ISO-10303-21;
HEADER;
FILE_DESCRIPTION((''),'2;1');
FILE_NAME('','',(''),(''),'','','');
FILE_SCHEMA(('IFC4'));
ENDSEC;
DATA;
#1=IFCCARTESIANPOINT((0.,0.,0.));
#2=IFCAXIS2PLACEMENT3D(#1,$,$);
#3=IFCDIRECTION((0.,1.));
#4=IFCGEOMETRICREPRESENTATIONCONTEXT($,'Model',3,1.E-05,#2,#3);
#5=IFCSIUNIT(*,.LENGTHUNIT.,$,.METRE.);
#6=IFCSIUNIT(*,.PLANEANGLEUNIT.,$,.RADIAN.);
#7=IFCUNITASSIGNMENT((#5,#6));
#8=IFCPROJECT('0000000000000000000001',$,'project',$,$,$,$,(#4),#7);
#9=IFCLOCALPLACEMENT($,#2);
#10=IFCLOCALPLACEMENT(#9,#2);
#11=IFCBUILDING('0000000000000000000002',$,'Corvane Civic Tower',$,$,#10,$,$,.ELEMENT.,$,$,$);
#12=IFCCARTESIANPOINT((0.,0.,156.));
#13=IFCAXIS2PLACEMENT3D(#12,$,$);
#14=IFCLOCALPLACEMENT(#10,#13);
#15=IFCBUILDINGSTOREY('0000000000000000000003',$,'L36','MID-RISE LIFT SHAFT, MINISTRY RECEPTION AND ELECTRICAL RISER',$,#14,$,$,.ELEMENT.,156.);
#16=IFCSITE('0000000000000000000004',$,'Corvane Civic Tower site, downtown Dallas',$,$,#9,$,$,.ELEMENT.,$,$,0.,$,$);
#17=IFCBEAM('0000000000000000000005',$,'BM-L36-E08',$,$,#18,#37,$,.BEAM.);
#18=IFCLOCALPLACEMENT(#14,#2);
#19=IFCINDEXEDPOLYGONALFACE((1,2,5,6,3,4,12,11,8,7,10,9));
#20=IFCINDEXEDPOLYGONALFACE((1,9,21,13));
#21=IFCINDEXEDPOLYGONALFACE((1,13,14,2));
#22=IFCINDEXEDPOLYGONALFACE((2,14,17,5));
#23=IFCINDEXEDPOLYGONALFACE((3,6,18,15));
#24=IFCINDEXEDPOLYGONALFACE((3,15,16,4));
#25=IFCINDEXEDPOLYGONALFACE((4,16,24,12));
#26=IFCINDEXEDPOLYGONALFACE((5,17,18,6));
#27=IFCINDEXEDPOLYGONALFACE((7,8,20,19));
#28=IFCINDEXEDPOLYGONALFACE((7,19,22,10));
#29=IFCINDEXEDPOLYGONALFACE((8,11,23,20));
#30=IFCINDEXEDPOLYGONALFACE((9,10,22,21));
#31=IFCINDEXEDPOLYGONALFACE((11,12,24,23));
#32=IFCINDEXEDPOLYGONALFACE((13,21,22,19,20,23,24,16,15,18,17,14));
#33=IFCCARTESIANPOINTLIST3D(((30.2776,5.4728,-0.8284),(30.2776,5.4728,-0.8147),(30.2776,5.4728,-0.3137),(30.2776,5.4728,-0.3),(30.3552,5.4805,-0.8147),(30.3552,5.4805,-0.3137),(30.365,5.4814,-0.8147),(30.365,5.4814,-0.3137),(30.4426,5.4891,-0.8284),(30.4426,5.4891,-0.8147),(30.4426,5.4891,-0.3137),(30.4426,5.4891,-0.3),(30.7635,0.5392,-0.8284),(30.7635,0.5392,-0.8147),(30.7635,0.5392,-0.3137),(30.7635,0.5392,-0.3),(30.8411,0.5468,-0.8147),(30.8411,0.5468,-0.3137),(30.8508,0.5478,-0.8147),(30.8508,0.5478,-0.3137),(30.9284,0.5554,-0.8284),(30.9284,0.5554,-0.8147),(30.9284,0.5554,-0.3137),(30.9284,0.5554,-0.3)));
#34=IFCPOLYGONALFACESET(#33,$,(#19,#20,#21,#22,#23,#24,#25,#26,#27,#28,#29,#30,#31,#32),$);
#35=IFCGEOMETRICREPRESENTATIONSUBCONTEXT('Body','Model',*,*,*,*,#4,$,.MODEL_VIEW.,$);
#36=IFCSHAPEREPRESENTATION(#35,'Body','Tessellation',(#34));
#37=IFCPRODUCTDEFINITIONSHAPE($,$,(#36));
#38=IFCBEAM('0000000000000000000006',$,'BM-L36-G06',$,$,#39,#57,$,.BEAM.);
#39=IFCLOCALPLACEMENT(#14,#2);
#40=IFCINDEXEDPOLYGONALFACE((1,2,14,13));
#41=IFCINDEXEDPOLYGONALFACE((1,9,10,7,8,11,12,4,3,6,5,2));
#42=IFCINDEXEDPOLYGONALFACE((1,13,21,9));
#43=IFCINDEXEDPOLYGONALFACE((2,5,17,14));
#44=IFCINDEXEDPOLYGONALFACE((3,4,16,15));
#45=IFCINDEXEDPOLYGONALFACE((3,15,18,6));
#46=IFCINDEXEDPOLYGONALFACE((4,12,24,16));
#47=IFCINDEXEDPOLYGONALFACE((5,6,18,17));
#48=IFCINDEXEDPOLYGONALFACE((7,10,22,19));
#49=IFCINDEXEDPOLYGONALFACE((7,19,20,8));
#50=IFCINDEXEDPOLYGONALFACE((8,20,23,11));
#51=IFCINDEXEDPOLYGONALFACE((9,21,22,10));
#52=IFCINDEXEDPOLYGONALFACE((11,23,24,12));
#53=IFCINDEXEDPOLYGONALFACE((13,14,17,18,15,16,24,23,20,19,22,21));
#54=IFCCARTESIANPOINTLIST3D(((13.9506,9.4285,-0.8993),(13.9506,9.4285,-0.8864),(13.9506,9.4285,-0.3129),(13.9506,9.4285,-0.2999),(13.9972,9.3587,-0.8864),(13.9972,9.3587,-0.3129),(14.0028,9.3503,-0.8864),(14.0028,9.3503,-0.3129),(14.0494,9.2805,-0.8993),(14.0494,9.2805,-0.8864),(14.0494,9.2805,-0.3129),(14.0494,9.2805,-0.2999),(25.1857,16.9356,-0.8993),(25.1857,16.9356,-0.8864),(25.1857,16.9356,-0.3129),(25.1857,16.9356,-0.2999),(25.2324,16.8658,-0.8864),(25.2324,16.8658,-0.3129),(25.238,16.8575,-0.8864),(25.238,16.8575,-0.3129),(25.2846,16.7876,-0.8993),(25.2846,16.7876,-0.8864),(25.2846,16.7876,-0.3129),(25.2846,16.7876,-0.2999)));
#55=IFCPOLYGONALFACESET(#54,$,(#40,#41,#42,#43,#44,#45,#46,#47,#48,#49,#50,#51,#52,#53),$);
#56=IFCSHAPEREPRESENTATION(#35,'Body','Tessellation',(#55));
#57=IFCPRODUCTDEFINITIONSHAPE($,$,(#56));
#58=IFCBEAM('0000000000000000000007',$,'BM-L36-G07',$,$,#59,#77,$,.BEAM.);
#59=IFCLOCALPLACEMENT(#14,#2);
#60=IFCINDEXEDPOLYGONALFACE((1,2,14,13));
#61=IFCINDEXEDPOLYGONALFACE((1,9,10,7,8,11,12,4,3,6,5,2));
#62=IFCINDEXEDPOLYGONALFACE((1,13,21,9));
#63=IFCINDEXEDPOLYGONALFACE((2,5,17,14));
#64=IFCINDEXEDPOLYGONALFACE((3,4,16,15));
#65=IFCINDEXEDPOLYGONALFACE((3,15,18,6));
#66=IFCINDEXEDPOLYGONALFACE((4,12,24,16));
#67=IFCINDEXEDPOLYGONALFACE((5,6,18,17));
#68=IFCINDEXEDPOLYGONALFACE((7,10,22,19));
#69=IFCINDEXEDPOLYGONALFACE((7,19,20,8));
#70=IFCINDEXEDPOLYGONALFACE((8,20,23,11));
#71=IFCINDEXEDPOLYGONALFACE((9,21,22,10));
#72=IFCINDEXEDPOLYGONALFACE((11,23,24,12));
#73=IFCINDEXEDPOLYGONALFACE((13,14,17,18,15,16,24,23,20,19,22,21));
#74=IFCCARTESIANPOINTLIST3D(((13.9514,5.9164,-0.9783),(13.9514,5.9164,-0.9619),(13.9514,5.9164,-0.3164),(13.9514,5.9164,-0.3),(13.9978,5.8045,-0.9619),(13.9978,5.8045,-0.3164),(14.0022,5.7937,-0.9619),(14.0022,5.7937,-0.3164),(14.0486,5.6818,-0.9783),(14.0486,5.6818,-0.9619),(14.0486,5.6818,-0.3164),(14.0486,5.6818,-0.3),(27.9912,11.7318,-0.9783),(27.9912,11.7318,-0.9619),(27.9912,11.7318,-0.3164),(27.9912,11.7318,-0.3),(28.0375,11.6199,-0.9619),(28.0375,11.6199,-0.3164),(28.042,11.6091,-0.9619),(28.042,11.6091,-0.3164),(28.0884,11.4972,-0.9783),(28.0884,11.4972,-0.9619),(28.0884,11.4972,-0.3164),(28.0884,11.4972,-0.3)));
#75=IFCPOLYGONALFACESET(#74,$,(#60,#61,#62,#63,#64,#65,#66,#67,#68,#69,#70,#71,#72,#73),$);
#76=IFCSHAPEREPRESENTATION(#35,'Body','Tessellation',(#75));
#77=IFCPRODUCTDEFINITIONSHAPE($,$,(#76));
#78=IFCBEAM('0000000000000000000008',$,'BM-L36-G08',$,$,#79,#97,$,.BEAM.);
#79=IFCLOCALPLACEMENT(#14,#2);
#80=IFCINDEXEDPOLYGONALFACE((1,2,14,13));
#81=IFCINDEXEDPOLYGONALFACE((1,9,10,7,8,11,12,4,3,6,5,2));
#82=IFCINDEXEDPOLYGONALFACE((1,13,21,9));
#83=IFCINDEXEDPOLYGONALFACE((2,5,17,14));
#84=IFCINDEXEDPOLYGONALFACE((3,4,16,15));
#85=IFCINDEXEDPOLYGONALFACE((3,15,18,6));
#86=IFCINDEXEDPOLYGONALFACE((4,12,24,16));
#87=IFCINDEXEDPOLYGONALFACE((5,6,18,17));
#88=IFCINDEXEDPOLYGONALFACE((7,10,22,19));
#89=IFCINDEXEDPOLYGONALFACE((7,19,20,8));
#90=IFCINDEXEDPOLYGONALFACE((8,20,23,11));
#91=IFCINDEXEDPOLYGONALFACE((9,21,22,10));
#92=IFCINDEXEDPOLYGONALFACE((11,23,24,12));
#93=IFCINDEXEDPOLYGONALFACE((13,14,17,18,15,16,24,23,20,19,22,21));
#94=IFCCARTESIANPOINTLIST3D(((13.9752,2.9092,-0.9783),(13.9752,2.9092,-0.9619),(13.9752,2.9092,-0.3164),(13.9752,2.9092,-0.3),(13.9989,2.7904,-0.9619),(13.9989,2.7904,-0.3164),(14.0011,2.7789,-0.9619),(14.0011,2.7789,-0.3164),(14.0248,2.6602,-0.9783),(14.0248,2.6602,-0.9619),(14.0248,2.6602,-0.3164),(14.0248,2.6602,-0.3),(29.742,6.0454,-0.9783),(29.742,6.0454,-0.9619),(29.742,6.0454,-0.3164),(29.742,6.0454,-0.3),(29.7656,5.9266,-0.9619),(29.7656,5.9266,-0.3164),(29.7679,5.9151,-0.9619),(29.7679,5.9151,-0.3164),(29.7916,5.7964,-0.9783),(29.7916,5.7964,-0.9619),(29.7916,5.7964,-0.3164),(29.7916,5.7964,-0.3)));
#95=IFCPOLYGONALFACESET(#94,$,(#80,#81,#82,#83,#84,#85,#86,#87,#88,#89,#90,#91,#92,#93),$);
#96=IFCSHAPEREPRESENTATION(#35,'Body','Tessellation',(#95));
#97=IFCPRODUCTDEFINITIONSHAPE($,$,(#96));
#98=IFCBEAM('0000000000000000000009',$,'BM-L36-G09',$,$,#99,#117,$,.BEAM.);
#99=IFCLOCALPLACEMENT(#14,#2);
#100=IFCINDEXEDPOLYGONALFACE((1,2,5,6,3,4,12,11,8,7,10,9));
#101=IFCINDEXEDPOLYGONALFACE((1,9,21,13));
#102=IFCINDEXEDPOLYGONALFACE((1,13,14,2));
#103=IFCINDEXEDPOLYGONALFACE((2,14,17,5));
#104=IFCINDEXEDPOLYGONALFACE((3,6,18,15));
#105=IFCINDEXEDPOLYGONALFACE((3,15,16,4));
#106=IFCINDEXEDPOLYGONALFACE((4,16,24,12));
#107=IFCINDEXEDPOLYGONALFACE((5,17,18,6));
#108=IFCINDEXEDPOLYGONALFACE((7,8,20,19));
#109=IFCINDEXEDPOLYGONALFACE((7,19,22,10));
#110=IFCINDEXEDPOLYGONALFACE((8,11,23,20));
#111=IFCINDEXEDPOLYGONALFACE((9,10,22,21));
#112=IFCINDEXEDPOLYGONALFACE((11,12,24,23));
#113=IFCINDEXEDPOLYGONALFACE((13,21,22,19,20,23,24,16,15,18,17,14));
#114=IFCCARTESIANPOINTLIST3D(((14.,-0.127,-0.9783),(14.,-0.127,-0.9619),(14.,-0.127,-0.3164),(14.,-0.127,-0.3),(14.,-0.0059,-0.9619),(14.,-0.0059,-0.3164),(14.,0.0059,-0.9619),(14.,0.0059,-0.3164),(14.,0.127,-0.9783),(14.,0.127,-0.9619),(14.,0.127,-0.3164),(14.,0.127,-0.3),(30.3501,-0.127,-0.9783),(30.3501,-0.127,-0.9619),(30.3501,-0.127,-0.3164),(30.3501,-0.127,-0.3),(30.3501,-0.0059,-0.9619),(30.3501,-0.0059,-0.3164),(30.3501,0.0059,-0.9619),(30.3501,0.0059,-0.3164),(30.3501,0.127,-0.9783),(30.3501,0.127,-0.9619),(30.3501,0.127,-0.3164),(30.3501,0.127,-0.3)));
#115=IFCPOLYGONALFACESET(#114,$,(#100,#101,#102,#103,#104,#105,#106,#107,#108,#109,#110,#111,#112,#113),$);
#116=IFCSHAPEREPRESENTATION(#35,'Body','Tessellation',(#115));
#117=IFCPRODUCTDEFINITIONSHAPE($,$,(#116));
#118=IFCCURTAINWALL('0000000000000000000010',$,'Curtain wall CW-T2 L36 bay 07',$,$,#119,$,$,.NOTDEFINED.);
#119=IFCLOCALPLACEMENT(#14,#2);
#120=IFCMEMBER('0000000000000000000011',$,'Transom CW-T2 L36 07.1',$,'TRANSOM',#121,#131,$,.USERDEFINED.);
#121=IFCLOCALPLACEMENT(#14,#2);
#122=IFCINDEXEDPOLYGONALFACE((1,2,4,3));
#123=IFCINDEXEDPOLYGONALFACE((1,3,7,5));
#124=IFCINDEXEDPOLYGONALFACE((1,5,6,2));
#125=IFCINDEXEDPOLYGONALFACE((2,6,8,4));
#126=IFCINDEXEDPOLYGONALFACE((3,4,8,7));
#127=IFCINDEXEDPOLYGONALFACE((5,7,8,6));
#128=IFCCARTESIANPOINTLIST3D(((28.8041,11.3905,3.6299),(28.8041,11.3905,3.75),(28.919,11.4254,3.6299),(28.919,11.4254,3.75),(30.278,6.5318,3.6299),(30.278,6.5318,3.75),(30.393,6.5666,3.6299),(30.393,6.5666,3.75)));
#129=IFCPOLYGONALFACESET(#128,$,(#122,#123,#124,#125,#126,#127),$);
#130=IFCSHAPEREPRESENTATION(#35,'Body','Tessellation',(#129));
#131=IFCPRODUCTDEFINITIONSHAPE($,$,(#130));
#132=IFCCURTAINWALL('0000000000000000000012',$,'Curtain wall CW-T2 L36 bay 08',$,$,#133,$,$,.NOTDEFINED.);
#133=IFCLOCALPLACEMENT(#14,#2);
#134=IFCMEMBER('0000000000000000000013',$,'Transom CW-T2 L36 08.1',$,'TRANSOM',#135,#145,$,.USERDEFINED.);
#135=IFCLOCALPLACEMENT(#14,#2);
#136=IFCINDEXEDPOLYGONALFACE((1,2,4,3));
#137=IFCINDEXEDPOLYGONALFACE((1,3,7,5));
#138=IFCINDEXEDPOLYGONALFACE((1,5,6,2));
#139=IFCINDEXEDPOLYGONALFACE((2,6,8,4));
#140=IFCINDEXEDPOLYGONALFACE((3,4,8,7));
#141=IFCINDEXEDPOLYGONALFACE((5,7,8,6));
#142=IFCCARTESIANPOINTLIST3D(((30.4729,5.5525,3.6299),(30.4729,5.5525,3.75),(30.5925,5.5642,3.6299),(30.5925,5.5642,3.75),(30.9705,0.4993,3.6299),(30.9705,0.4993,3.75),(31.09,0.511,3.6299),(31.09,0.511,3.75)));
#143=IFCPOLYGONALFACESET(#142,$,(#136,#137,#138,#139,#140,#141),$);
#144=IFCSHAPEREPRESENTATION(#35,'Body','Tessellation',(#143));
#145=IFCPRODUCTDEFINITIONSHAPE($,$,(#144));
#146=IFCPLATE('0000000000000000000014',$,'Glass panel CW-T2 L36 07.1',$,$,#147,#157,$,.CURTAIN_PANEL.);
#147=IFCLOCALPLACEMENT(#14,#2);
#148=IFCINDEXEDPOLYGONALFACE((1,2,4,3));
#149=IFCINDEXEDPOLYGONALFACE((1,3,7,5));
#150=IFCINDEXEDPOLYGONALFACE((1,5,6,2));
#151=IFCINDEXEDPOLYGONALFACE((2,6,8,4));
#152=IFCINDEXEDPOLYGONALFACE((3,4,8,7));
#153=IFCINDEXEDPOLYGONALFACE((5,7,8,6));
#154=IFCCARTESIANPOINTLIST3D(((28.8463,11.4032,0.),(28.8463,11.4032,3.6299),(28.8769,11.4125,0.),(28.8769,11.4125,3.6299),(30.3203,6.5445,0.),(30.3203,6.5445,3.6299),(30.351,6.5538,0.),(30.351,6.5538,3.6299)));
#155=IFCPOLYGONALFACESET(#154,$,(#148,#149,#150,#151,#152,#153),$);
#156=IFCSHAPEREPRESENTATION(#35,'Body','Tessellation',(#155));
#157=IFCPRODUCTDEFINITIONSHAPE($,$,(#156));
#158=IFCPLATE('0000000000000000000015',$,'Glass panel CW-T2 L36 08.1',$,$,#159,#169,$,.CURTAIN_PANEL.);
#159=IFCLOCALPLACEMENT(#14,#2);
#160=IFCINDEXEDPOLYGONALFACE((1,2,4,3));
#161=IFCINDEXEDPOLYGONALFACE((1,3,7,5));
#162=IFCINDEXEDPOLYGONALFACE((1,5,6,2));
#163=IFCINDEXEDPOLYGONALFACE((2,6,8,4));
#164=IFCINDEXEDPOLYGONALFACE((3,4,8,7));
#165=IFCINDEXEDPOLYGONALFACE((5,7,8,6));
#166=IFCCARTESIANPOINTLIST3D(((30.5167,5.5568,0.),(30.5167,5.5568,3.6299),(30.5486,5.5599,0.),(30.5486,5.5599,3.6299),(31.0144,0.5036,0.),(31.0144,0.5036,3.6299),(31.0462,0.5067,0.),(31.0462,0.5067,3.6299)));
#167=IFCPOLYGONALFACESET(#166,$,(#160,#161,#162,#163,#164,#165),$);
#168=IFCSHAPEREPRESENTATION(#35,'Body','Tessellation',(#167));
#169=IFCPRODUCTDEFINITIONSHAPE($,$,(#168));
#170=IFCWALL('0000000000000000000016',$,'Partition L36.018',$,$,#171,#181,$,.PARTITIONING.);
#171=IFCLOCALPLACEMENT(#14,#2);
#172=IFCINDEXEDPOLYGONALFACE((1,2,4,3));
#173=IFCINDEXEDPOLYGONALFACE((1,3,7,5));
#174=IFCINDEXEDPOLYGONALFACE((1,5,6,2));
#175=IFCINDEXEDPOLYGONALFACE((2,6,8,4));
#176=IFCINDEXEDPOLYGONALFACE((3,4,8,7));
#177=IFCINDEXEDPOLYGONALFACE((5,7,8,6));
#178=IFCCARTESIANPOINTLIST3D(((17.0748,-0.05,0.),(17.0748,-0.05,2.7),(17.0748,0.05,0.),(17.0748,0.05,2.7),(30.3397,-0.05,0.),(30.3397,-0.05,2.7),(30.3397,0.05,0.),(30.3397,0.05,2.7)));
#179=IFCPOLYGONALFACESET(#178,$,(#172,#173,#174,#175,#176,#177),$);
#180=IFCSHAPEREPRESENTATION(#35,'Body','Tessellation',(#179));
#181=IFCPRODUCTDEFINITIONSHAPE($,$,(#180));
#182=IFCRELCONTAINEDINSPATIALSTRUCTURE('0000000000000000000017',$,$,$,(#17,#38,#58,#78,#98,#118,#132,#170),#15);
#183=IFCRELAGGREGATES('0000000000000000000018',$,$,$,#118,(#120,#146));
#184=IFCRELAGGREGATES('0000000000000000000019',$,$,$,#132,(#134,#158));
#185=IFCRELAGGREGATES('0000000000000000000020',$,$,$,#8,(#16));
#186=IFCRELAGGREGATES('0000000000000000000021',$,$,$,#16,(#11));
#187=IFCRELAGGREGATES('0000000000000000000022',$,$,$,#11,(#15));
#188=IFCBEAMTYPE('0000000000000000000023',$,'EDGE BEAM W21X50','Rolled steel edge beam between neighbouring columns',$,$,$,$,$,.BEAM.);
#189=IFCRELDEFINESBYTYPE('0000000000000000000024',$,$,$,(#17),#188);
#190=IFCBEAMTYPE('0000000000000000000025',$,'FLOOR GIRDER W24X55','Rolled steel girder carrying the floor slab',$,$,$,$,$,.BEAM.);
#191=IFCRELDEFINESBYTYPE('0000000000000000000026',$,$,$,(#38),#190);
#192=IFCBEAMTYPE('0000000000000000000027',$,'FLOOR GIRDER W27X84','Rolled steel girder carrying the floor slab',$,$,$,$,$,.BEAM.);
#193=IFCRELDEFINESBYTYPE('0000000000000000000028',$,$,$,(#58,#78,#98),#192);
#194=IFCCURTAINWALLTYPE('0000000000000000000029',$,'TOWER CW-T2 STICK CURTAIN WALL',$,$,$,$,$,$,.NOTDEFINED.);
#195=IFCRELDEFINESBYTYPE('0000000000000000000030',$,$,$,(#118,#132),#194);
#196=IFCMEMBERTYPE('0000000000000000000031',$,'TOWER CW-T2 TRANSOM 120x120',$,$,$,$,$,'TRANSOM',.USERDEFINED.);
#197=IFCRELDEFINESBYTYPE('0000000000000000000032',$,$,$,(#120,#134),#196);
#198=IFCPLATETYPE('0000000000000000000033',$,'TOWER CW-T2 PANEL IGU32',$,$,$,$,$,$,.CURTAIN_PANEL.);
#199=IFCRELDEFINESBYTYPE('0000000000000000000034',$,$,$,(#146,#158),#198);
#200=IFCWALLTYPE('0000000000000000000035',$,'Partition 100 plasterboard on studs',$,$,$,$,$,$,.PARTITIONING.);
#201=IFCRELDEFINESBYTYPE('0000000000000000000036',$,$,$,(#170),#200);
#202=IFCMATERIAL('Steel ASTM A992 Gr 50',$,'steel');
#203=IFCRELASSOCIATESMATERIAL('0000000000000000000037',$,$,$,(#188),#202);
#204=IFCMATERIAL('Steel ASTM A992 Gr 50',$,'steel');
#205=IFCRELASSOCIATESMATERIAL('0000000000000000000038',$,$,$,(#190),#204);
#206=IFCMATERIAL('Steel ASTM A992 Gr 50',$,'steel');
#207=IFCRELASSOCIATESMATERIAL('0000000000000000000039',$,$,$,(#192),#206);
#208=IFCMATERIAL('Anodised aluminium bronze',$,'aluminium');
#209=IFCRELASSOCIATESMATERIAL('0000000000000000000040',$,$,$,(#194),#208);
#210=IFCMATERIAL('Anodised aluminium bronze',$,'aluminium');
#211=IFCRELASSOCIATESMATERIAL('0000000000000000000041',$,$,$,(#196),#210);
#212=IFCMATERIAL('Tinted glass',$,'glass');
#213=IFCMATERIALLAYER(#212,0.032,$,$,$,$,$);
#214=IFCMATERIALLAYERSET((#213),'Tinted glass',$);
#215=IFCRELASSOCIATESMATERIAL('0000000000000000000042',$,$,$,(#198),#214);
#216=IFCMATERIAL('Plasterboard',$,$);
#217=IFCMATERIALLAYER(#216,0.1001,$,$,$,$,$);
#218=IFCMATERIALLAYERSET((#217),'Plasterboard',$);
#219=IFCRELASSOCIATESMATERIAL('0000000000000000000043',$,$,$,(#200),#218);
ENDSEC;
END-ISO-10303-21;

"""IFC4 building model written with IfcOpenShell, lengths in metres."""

from ifc_helpers import new_model, si_unit, direction, frame, frame_2d, origin, origin_2d, place, context, subcontext, project, spatial, rectangle, i_section, extrude, material, layer, layer_set, material_profile, profile_set, type_object, element, aggregate, save


model = new_model("IFC4")

# Units and contexts
model_context = context("Model", 3, precision=1e-05, world=origin(), true_north=direction((0.0, 1.0)))
body_context = subcontext(model_context, "Body", "Model", "MODEL_VIEW")
ifc_project = project(units=[si_unit("LENGTHUNIT", "METRE"), si_unit("PLANEANGLEUNIT", "RADIAN")], contexts=[model_context])

# Site, building, storey
site_placement = place(None, origin())
site = spatial("IfcSite", under=ifc_project, at=site_placement, Name="Corvane Civic Tower site, downtown Dallas", CompositionType="ELEMENT", RefElevation=0.0)
building_placement = place(site_placement, origin())
building = spatial("IfcBuilding", under=site, at=building_placement, Name="Corvane Civic Tower", CompositionType="ELEMENT")
storey_placement = place(building_placement, frame((0.0, 0.0, 156.0)))
storey = spatial("IfcBuildingStorey", under=building, at=storey_placement, Name="L36", Description="MID-RISE LIFT SHAFT, MINISTRY RECEPTION AND ELECTRICAL RISER", CompositionType="ELEMENT", Elevation=156.0)

# Beams
ifc_material_1 = material(Name="Steel ASTM A992 Gr 50", Category="steel")
ifc_material_profile_1 = material_profile(ifc_material_1, i_section(OverallWidth=0.1658, OverallDepth=0.5283, WebThickness=0.0098, FlangeThickness=0.0137, at=origin_2d()), Name="W21X50")
ifc_profile_set_1 = profile_set([ifc_material_profile_1], Name="Steel ASTM A992 Gr 50")
beam_type_1 = type_object("IfcBeamType", Name="EDGE BEAM W21X50", Description="Rolled steel edge beam between neighbouring columns", PredefinedType="BEAM", material=ifc_profile_set_1)
beam_1_placement = place(storey_placement, frame((30.3601, 5.481, -0.5642), z_axis=(0.098002, -0.995186, 0.0), x_axis=(0.995186, 0.098002, 0.0)))
element("IfcBeam", 1, at=beam_1_placement, inside=storey, type_object=beam_type_1, Name="BM-L36-E08", PredefinedType="BEAM", context=body_context, shape_type="SweptSolid", body=[
    extrude(i_section(OverallWidth=0.1658, OverallDepth=0.5283, WebThickness=0.0098, FlangeThickness=0.0137, at=origin_2d()), origin(), (0.0, 0.0, 1.0), 4.9575),
])
ifc_material_2 = material(Name="Steel ASTM A992 Gr 50", Category="steel")
ifc_material_profile_2 = material_profile(ifc_material_2, i_section(OverallWidth=0.178, OverallDepth=0.5994, WebThickness=0.01, FlangeThickness=0.0129, at=origin_2d()), Name="W24X55")
ifc_profile_set_2 = profile_set([ifc_material_profile_2], Name="Steel ASTM A992 Gr 50")
beam_type_2 = type_object("IfcBeamType", Name="FLOOR GIRDER W24X55", Description="Rolled steel girder carrying the floor slab", PredefinedType="BEAM", material=ifc_profile_set_2)
beam_2_placement = place(storey_placement, frame((14.0, 9.3545, -0.5996), z_axis=(0.831469, 0.555571, 0.0), x_axis=(-0.555571, 0.831469, 0.0)))
element("IfcBeam", 2, at=beam_2_placement, inside=storey, type_object=beam_type_2, Name="BM-L36-G06", PredefinedType="BEAM", context=body_context, shape_type="SweptSolid", body=[
    extrude(i_section(OverallWidth=0.178, OverallDepth=0.5994, WebThickness=0.01, FlangeThickness=0.0129, at=origin_2d()), origin(), (0.0, 0.0, 1.0), 13.5125),
])
ifc_material_3 = material(Name="Steel ASTM A992 Gr 50", Category="steel")
ifc_material_profile_3 = material_profile(ifc_material_3, i_section(OverallWidth=0.2539, OverallDepth=0.6782, WebThickness=0.0117, FlangeThickness=0.0164, at=origin_2d()), Name="W27X84")
ifc_profile_set_3 = profile_set([ifc_material_profile_3], Name="Steel ASTM A992 Gr 50")
beam_type_3 = type_object("IfcBeamType", Name="FLOOR GIRDER W27X84", Description="Rolled steel girder carrying the floor slab", PredefinedType="BEAM", material=ifc_profile_set_3)
beam_3_placement = place(storey_placement, frame((14.0, 5.7991, -0.6392), z_axis=(0.923881, 0.382681, 0.0), x_axis=(-0.382681, 0.923881, 0.0)))
element("IfcBeam", 3, at=beam_3_placement, inside=storey, type_object=beam_type_3, Name="BM-L36-G07", PredefinedType="BEAM", context=body_context, shape_type="SweptSolid", body=[
    extrude(i_section(OverallWidth=0.2539, OverallDepth=0.6782, WebThickness=0.0117, FlangeThickness=0.0164, at=origin_2d()), origin(), (0.0, 0.0, 1.0), 15.1965),
])
beam_4_placement = place(storey_placement, frame((14.0, 2.7847, -0.6392), z_axis=(0.980785, 0.195091, 0.0), x_axis=(-0.195091, 0.980785, 0.0)))
element("IfcBeam", 4, at=beam_4_placement, inside=storey, type_object=beam_type_3, Name="BM-L36-G08", PredefinedType="BEAM", context=body_context, shape_type="SweptSolid", body=[
    extrude(i_section(OverallWidth=0.2539, OverallDepth=0.6782, WebThickness=0.0117, FlangeThickness=0.0164, at=origin_2d()), origin(), (0.0, 0.0, 1.0), 16.0757),
])
beam_5_placement = place(storey_placement, frame((14.0, 0.0, -0.6392), z_axis=(1.0, 0.0, 0.0), x_axis=(0.0, 1.0, 0.0)))
element("IfcBeam", 5, at=beam_5_placement, inside=storey, type_object=beam_type_3, Name="BM-L36-G09", PredefinedType="BEAM", context=body_context, shape_type="SweptSolid", body=[
    extrude(i_section(OverallWidth=0.2539, OverallDepth=0.6782, WebThickness=0.0117, FlangeThickness=0.0164, at=origin_2d()), origin(), (0.0, 0.0, 1.0), 16.3501),
])

# Curtain walls, members
ifc_material_4 = material(Name="Anodised aluminium bronze", Category="aluminium")
curtain_wall_type = type_object("IfcCurtainWallType", Name="TOWER CW-T2 STICK CURTAIN WALL", PredefinedType="NOTDEFINED", material=ifc_material_4)
curtain_wall_1_placement = place(storey_placement, origin())
curtain_wall_1 = element("IfcCurtainWall", 6, at=curtain_wall_1_placement, inside=storey, type_object=curtain_wall_type, Name="Curtain wall CW-T2 L36 bay 07", PredefinedType="NOTDEFINED")
ifc_material_5 = material(Name="Anodised aluminium bronze", Category="aluminium")
ifc_material_profile_4 = material_profile(ifc_material_5, rectangle(XDim=0.1201, YDim=0.1201, at=origin_2d()), Name="TOWER CW-T2 TRANSOM 120x120")
ifc_profile_set_4 = profile_set([ifc_material_profile_4], Name="Anodised aluminium bronze")
member_type = type_object("IfcMemberType", Name="TOWER CW-T2 TRANSOM 120x120", ElementType="TRANSOM", PredefinedType="USERDEFINED", material=ifc_profile_set_4)
member_1_placement = place(storey_placement, frame((28.8616, 11.408, 3.6899), z_axis=(0.290289, -0.956939, 0.0), x_axis=(0.956939, 0.290289, 0.0)))
member_1 = element("IfcMember", 7, at=member_1_placement, type_object=member_type, Name="Transom CW-T2 L36 07.1", ObjectType="TRANSOM", PredefinedType="USERDEFINED", context=body_context, shape_type="SweptSolid", body=[
    extrude(rectangle(XDim=0.1201, YDim=0.1201, at=origin_2d()), origin(), (0.0, 0.0, 1.0), 5.0774),
])
curtain_wall_2_placement = place(storey_placement, origin())
curtain_wall_2 = element("IfcCurtainWall", 8, at=curtain_wall_2_placement, inside=storey, type_object=curtain_wall_type, Name="Curtain wall CW-T2 L36 bay 08", PredefinedType="NOTDEFINED")
member_2_placement = place(storey_placement, frame((30.5327, 5.5583, 3.6899), z_axis=(0.09799, -0.995187, 0.0), x_axis=(0.995187, 0.09799, 0.0)))
member_2 = element("IfcMember", 9, at=member_2_placement, type_object=member_type, Name="Transom CW-T2 L36 08.1", ObjectType="TRANSOM", PredefinedType="USERDEFINED", context=body_context, shape_type="SweptSolid", body=[
    extrude(rectangle(XDim=0.1201, YDim=0.1201, at=origin_2d()), origin(), (0.0, 0.0, 1.0), 5.0776),
])

# Plates
ifc_material_6 = material(Name="Tinted glass", Category="glass")
ifc_layer_1 = layer(ifc_material_6, 0.032)
ifc_layer_set_1 = layer_set([ifc_layer_1], Name="Tinted glass")
plate_type = type_object("IfcPlateType", Name="TOWER CW-T2 PANEL IGU32", PredefinedType="CURTAIN_PANEL", material=ifc_layer_set_1)
plate_1_placement = place(storey_placement, frame((29.5986, 8.9785, 0.0), z_axis=(0.0, 0.0, 1.0), x_axis=(0.290313, -0.956932, 0.0)))
plate_1 = element("IfcPlate", 10, at=plate_1_placement, type_object=plate_type, Name="Glass panel CW-T2 L36 07.1", PredefinedType="CURTAIN_PANEL", context=body_context, shape_type="SweptSolid", body=[
    extrude(rectangle(XDim=5.0774, YDim=0.032, at=origin_2d()), origin(), (0.0, 0.0, 1.0), 3.6299),
])
aggregate(curtain_wall_1, [member_1, plate_1])
plate_2_placement = place(storey_placement, frame((30.7815, 3.0317, 0.0), z_axis=(0.0, 0.0, 1.0), x_axis=(0.098012, -0.995185, 0.0)))
plate_2 = element("IfcPlate", 11, at=plate_2_placement, type_object=plate_type, Name="Glass panel CW-T2 L36 08.1", PredefinedType="CURTAIN_PANEL", context=body_context, shape_type="SweptSolid", body=[
    extrude(rectangle(XDim=5.0776, YDim=0.032, at=origin_2d()), origin(), (0.0, 0.0, 1.0), 3.6299),
])
aggregate(curtain_wall_2, [member_2, plate_2])

# Wall
ifc_material_7 = material(Name="Plasterboard")
ifc_layer_2 = layer(ifc_material_7, 0.1001)
ifc_layer_set_2 = layer_set([ifc_layer_2], Name="Plasterboard")
wall_type = type_object("IfcWallType", Name="Partition 100 plasterboard on studs", PredefinedType="PARTITIONING", material=ifc_layer_set_2)
wall_1_placement = place(storey_placement, frame((17.075, 0.0, 0.0), z_axis=(0.0, 0.0, 1.0), x_axis=(1.0, 0.0, 0.0)))
element("IfcWall", 12, at=wall_1_placement, inside=storey, type_object=wall_type, Name="Partition L36.018", PredefinedType="PARTITIONING", context=body_context, shape_type="SweptSolid", body=[
    extrude(rectangle(XDim=13.2649, YDim=0.1001, at=frame_2d((6.6323, 0.0))), origin(), (0.0, 0.0, 1.0), 2.7),
])

save(model, "model.ifc")
